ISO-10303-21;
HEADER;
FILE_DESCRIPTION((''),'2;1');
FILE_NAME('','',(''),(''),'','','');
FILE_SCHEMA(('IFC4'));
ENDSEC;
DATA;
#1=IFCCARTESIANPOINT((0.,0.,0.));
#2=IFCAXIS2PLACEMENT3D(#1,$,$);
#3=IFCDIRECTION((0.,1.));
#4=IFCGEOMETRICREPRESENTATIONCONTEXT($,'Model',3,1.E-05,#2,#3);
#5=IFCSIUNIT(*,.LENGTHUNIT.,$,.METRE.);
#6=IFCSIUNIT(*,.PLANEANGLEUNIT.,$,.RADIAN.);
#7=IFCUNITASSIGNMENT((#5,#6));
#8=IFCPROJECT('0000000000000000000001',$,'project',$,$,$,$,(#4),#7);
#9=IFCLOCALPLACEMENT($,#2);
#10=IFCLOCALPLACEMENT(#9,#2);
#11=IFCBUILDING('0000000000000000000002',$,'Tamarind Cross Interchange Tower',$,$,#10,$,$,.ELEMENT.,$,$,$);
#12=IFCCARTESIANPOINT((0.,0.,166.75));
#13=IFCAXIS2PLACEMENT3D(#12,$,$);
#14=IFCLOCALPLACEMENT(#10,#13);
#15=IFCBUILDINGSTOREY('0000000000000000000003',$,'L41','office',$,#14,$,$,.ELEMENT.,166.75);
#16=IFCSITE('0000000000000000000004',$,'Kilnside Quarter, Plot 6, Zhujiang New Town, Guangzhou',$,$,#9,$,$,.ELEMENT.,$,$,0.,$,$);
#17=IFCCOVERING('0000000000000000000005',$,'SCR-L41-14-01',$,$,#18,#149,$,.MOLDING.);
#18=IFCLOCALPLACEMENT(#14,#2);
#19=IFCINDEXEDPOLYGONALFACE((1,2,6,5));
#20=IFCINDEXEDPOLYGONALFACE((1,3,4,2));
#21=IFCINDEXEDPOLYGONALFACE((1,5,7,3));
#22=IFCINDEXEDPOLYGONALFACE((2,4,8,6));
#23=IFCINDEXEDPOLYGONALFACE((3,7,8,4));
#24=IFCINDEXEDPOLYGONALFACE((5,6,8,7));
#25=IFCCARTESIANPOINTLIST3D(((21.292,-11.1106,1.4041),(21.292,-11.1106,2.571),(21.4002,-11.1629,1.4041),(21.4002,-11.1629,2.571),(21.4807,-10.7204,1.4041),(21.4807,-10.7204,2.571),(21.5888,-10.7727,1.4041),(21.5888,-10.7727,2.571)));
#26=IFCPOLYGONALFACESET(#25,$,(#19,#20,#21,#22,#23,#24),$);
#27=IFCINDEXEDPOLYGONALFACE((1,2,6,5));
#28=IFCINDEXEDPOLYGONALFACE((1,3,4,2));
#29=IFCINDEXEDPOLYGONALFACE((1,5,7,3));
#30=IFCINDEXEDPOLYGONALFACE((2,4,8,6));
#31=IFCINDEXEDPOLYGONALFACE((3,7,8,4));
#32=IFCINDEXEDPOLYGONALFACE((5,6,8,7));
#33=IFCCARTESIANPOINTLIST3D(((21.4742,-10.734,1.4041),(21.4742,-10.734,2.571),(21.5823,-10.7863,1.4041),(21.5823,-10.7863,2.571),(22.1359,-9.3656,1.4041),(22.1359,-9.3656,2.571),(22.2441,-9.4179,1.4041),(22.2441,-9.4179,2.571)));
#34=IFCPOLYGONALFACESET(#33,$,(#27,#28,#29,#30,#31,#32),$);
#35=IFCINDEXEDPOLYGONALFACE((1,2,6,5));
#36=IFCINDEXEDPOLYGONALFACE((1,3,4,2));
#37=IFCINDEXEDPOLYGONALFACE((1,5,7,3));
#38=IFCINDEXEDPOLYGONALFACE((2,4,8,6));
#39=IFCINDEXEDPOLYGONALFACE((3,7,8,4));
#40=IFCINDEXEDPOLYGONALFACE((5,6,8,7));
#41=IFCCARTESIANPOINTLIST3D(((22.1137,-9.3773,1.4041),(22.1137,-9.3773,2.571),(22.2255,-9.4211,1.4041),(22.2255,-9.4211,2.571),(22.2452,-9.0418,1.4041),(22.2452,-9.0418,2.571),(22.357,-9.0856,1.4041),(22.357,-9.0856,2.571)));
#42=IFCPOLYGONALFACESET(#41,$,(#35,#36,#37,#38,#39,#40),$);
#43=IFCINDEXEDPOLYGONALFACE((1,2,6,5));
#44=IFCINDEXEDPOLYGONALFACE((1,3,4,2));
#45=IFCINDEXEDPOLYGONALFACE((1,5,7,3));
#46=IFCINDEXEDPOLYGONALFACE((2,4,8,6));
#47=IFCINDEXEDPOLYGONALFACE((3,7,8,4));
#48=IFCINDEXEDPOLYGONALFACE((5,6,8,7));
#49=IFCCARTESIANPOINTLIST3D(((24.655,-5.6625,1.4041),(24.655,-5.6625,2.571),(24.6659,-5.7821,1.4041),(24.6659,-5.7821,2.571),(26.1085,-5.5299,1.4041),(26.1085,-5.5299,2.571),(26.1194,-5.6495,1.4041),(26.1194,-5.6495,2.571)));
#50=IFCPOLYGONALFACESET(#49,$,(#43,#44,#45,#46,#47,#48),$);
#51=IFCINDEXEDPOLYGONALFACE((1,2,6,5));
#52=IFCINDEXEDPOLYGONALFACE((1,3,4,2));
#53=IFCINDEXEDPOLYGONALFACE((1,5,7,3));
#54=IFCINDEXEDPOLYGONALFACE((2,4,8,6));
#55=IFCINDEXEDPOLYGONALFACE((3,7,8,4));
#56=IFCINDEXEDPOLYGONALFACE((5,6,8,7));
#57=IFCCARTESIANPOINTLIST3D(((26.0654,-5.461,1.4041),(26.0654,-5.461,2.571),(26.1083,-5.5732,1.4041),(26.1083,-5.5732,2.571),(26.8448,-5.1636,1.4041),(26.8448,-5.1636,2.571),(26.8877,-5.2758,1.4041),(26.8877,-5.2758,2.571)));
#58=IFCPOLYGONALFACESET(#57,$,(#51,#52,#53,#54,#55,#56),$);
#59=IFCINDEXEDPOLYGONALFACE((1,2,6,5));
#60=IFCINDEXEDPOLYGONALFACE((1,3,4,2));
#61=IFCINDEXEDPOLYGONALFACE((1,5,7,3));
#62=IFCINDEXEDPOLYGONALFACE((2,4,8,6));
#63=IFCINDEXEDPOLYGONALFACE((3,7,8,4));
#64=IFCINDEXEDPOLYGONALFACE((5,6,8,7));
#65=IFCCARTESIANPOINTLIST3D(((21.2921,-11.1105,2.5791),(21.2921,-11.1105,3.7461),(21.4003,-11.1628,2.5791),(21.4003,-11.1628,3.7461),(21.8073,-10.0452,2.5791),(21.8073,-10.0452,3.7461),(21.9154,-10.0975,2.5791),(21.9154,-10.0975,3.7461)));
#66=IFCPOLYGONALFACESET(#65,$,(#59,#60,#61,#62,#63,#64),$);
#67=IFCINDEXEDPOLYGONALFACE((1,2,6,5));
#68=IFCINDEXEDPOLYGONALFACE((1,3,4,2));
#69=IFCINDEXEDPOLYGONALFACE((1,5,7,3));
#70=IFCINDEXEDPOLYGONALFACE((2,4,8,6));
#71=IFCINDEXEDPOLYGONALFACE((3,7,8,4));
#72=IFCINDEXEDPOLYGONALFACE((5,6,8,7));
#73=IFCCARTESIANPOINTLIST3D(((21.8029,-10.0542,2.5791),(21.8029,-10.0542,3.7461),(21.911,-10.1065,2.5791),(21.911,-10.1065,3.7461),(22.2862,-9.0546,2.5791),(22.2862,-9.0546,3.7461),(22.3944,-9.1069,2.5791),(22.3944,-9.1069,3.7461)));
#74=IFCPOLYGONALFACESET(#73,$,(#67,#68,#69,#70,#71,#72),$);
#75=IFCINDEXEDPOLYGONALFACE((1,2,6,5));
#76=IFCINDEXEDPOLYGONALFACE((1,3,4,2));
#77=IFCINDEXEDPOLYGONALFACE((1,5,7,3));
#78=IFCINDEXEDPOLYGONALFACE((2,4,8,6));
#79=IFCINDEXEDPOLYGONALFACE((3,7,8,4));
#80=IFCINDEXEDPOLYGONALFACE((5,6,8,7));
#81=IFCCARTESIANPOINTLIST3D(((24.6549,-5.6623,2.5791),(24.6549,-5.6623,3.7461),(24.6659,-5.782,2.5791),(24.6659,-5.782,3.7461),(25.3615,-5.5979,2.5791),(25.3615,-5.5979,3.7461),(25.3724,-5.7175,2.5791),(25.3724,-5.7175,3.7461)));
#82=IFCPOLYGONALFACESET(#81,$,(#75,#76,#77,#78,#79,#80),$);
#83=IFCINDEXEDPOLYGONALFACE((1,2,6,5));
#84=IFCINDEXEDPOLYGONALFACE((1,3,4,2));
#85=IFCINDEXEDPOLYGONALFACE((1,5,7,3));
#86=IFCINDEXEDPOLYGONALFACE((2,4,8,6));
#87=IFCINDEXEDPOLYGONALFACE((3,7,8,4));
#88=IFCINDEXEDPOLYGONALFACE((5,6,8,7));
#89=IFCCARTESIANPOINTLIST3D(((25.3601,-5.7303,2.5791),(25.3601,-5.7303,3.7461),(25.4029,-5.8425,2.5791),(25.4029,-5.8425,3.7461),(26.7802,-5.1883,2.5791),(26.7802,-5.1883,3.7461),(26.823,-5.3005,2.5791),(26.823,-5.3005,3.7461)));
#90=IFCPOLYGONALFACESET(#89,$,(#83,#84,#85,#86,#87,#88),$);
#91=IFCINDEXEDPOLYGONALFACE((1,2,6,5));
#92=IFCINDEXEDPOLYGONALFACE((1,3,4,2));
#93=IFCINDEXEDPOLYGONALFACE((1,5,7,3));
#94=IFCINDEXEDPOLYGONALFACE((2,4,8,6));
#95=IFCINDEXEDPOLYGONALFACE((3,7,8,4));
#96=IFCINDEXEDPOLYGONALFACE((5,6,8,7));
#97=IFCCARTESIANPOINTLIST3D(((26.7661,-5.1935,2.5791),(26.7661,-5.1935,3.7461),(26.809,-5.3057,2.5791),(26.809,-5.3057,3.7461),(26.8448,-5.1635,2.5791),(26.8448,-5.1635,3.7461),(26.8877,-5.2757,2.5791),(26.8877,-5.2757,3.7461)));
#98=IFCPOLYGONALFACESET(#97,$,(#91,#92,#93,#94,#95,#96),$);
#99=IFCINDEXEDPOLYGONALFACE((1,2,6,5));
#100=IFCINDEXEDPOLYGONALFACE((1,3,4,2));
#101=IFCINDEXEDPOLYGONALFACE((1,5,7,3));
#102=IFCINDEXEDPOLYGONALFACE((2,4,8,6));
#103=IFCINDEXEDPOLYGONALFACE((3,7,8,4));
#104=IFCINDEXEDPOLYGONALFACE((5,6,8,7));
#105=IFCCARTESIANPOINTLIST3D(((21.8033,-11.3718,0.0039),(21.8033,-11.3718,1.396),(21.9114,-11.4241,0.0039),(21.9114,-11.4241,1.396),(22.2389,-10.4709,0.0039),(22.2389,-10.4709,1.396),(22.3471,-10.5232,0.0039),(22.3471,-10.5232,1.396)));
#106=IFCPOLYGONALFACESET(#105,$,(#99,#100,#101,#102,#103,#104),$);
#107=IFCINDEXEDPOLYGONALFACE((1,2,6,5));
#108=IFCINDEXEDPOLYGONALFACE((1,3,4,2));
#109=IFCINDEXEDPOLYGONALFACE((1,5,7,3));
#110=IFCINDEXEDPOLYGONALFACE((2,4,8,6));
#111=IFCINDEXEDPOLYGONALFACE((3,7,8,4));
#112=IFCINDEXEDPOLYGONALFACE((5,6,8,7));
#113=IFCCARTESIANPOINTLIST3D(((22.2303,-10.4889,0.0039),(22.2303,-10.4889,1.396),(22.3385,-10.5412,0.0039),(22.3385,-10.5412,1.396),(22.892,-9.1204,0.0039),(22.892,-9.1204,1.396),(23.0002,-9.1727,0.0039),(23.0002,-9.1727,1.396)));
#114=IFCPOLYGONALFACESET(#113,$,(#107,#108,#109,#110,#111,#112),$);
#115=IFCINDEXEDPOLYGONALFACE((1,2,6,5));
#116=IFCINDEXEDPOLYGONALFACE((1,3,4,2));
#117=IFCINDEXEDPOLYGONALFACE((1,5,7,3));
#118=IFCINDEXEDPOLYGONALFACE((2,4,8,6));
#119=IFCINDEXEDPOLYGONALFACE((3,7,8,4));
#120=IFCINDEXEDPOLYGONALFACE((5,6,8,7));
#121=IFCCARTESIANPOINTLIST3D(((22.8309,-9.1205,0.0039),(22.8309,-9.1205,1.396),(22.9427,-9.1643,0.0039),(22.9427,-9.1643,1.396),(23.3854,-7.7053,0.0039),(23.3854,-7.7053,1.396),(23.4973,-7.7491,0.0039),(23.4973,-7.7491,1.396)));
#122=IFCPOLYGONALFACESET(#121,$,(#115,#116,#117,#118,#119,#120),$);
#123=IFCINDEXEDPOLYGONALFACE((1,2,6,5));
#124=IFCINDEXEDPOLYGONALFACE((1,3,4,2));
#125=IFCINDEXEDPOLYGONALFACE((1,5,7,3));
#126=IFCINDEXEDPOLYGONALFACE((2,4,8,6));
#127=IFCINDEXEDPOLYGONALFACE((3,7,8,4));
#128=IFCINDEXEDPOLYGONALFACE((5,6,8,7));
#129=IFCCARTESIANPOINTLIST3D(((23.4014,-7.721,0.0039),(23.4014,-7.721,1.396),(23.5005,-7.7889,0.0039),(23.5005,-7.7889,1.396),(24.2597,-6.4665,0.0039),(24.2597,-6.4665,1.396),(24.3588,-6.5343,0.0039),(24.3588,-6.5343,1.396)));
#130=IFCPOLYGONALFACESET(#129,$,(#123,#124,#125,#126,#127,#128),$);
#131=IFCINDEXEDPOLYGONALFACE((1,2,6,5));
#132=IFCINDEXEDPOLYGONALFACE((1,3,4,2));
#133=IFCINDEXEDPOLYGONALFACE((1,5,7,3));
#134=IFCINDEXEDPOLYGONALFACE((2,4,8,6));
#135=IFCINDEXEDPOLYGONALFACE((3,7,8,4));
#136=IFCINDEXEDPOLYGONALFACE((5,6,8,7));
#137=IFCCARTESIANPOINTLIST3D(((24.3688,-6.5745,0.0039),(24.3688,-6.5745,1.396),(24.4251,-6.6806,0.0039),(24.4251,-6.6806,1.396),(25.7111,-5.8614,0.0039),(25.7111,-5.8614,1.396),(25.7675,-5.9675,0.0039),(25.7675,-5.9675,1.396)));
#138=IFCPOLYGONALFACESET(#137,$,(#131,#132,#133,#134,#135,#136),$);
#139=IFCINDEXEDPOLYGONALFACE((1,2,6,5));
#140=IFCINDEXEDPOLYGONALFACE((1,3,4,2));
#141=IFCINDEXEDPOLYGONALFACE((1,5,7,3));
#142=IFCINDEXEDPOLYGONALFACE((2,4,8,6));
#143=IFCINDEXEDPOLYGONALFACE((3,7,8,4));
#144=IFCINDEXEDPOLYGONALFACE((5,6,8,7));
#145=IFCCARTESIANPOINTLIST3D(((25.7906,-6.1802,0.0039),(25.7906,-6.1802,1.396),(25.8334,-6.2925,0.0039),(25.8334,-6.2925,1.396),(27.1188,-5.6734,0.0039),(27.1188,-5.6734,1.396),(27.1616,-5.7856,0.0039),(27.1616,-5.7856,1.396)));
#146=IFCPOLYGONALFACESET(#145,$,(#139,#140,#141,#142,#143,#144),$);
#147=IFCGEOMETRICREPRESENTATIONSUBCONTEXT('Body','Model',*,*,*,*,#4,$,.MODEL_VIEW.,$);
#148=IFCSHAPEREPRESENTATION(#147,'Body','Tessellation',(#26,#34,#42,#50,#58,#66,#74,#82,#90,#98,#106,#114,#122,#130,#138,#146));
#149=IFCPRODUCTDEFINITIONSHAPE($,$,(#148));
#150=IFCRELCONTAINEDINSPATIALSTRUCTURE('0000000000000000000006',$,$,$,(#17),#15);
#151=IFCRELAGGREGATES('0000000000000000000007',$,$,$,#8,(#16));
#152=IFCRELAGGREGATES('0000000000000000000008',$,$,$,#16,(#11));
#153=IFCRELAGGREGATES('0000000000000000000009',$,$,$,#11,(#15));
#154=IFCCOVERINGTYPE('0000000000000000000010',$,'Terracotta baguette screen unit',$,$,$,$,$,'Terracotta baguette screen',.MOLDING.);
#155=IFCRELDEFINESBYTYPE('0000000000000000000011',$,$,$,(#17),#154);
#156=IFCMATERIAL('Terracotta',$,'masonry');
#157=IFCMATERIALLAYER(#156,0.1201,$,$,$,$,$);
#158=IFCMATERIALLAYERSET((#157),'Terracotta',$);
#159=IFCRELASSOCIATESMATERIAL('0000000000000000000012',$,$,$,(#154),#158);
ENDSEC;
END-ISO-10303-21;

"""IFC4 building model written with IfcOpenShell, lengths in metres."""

from ifc_helpers import new_model, si_unit, direction, frame, origin, origin_2d, place, context, subcontext, project, spatial, rectangle, extrude, material, layer, layer_set, type_object, element, save


model = new_model("IFC4")

# Units and contexts
model_context = context("Model", 3, precision=1e-05, world=origin(), true_north=direction((0.0, 1.0)))
body_context = subcontext(model_context, "Body", "Model", "MODEL_VIEW")
ifc_project = project(units=[si_unit("LENGTHUNIT", "METRE"), si_unit("PLANEANGLEUNIT", "RADIAN")], contexts=[model_context])

# Site, building, storey
site_placement = place(None, origin())
site = spatial("IfcSite", under=ifc_project, at=site_placement, Name="Kilnside Quarter, Plot 6, Zhujiang New Town, Guangzhou", CompositionType="ELEMENT", RefElevation=0.0)
building_placement = place(site_placement, origin())
building = spatial("IfcBuilding", under=site, at=building_placement, Name="Tamarind Cross Interchange Tower", CompositionType="ELEMENT")
storey_placement = place(building_placement, frame((0.0, 0.0, 166.75)))
storey = spatial("IfcBuildingStorey", under=building, at=storey_placement, Name="L41", Description="office", CompositionType="ELEMENT", Elevation=166.75)

# Covering
ifc_material_1 = material(Name="Terracotta", Category="masonry")
ifc_layer_1 = layer(ifc_material_1, 0.1201)
ifc_layer_set_1 = layer_set([ifc_layer_1], Name="Terracotta")
covering_type = type_object("IfcCoveringType", Name="Terracotta baguette screen unit", ElementType="Terracotta baguette screen", PredefinedType="MOLDING", material=ifc_layer_set_1)
covering_1_placement = place(storey_placement, origin())
element("IfcCovering", 1, at=covering_1_placement, inside=storey, type_object=covering_type, Name="SCR-L41-14-01", PredefinedType="MOLDING", context=body_context, shape_type="SweptSolid", body=[
    extrude(rectangle(XDim=0.4333, YDim=0.1201, at=origin_2d()), frame((21.4404, -10.9417, 1.4041), z_axis=(0.0, 0.0, 1.0), x_axis=(0.435326, 0.900273, 0.0)), (0.0, 0.0, 1.0), 1.167),
    extrude(rectangle(XDim=1.52, YDim=0.1201, at=origin_2d()), frame((21.8591, -10.0759, 1.4041), z_axis=(0.0, 0.0, 1.0), x_axis=(0.435326, 0.900273, 0.0)), (0.0, 0.0, 1.0), 1.167),
    extrude(rectangle(XDim=0.3604, YDim=0.1201, at=origin_2d()), frame((22.2354, -9.2314, 1.4041), z_axis=(0.0, 0.0, 1.0), x_axis=(0.364846, 0.931068, 0.0)), (0.0, 0.0, 1.0), 1.167),
    extrude(rectangle(XDim=1.4595, YDim=0.1201, at=origin_2d()), frame((25.3872, -5.656, 1.4041), z_axis=(0.0, 0.0, 1.0), x_axis=(0.995868, 0.090809, 0.0)), (0.0, 0.0, 1.0), 1.167),
    extrude(rectangle(XDim=0.8342, YDim=0.1201, at=origin_2d()), frame((26.4766, -5.3684, 1.4041), z_axis=(0.0, 0.0, 1.0), x_axis=(0.934272, 0.35656, 0.0)), (0.0, 0.0, 1.0), 1.167),
    extrude(rectangle(XDim=1.1833, YDim=0.1201, at=origin_2d()), frame((21.6038, -10.604, 2.5791), z_axis=(0.0, 0.0, 1.0), x_axis=(0.435326, 0.900273, 0.0)), (0.0, 0.0, 1.0), 1.167),
    extrude(rectangle(XDim=1.1104, YDim=0.1201, at=origin_2d()), frame((22.0986, -9.5806, 2.5791), z_axis=(0.0, 0.0, 1.0), x_axis=(0.435326, 0.900273, 0.0)), (0.0, 0.0, 1.0), 1.167),
    extrude(rectangle(XDim=0.7095, YDim=0.1201, at=origin_2d()), frame((25.0137, -5.6899, 2.5791), z_axis=(0.0, 0.0, 1.0), x_axis=(0.995868, 0.090809, 0.0)), (0.0, 0.0, 1.0), 1.167),
    extrude(rectangle(XDim=1.52, YDim=0.1201, at=origin_2d()), frame((26.0916, -5.5154, 2.5791), z_axis=(0.0, 0.0, 1.0), x_axis=(0.934272, 0.35656, 0.0)), (0.0, 0.0, 1.0), 1.167),
    extrude(rectangle(XDim=0.0842, YDim=0.1201, at=origin_2d()), frame((26.8269, -5.2346, 2.5791), z_axis=(0.0, 0.0, 1.0), x_axis=(0.934272, 0.35656, 0.0)), (0.0, 0.0, 1.0), 1.167),
    extrude(rectangle(XDim=1.0007, YDim=0.1201, at=origin_2d()), frame((22.0752, -10.9475, 0.0039), z_axis=(0.0, 0.0, 1.0), x_axis=(0.435326, 0.900273, 0.0)), (0.0, 0.0, 1.0), 1.3921),
    extrude(rectangle(XDim=1.52, YDim=0.1201, at=origin_2d()), frame((22.6152, -9.8308, 0.0039), z_axis=(0.0, 0.0, 1.0), x_axis=(0.435326, 0.900273, 0.0)), (0.0, 0.0, 1.0), 1.3921),
    extrude(rectangle(XDim=1.52, YDim=0.1201, at=origin_2d()), frame((23.1641, -8.4348, 0.0039), z_axis=(0.0, 0.0, 1.0), x_axis=(0.364846, 0.931068, 0.0)), (0.0, 0.0, 1.0), 1.3921),
    extrude(rectangle(XDim=1.52, YDim=0.1201, at=origin_2d()), frame((23.8801, -7.1277, 0.0039), z_axis=(0.0, 0.0, 1.0), x_axis=(0.564664, 0.825321, 0.0)), (0.0, 0.0, 1.0), 1.3921),
    extrude(rectangle(XDim=1.52, YDim=0.1201, at=origin_2d()), frame((25.0681, -6.271, 0.0039), z_axis=(0.0, 0.0, 1.0), x_axis=(0.883122, 0.469143, 0.0)), (0.0, 0.0, 1.0), 1.3921),
    extrude(rectangle(XDim=1.4216, YDim=0.1201, at=origin_2d()), frame((26.4761, -5.9829, 0.0039), z_axis=(0.0, 0.0, 1.0), x_axis=(0.934272, 0.35656, 0.0)), (0.0, 0.0, 1.0), 1.3921),
])

save(model, "model.ifc")
